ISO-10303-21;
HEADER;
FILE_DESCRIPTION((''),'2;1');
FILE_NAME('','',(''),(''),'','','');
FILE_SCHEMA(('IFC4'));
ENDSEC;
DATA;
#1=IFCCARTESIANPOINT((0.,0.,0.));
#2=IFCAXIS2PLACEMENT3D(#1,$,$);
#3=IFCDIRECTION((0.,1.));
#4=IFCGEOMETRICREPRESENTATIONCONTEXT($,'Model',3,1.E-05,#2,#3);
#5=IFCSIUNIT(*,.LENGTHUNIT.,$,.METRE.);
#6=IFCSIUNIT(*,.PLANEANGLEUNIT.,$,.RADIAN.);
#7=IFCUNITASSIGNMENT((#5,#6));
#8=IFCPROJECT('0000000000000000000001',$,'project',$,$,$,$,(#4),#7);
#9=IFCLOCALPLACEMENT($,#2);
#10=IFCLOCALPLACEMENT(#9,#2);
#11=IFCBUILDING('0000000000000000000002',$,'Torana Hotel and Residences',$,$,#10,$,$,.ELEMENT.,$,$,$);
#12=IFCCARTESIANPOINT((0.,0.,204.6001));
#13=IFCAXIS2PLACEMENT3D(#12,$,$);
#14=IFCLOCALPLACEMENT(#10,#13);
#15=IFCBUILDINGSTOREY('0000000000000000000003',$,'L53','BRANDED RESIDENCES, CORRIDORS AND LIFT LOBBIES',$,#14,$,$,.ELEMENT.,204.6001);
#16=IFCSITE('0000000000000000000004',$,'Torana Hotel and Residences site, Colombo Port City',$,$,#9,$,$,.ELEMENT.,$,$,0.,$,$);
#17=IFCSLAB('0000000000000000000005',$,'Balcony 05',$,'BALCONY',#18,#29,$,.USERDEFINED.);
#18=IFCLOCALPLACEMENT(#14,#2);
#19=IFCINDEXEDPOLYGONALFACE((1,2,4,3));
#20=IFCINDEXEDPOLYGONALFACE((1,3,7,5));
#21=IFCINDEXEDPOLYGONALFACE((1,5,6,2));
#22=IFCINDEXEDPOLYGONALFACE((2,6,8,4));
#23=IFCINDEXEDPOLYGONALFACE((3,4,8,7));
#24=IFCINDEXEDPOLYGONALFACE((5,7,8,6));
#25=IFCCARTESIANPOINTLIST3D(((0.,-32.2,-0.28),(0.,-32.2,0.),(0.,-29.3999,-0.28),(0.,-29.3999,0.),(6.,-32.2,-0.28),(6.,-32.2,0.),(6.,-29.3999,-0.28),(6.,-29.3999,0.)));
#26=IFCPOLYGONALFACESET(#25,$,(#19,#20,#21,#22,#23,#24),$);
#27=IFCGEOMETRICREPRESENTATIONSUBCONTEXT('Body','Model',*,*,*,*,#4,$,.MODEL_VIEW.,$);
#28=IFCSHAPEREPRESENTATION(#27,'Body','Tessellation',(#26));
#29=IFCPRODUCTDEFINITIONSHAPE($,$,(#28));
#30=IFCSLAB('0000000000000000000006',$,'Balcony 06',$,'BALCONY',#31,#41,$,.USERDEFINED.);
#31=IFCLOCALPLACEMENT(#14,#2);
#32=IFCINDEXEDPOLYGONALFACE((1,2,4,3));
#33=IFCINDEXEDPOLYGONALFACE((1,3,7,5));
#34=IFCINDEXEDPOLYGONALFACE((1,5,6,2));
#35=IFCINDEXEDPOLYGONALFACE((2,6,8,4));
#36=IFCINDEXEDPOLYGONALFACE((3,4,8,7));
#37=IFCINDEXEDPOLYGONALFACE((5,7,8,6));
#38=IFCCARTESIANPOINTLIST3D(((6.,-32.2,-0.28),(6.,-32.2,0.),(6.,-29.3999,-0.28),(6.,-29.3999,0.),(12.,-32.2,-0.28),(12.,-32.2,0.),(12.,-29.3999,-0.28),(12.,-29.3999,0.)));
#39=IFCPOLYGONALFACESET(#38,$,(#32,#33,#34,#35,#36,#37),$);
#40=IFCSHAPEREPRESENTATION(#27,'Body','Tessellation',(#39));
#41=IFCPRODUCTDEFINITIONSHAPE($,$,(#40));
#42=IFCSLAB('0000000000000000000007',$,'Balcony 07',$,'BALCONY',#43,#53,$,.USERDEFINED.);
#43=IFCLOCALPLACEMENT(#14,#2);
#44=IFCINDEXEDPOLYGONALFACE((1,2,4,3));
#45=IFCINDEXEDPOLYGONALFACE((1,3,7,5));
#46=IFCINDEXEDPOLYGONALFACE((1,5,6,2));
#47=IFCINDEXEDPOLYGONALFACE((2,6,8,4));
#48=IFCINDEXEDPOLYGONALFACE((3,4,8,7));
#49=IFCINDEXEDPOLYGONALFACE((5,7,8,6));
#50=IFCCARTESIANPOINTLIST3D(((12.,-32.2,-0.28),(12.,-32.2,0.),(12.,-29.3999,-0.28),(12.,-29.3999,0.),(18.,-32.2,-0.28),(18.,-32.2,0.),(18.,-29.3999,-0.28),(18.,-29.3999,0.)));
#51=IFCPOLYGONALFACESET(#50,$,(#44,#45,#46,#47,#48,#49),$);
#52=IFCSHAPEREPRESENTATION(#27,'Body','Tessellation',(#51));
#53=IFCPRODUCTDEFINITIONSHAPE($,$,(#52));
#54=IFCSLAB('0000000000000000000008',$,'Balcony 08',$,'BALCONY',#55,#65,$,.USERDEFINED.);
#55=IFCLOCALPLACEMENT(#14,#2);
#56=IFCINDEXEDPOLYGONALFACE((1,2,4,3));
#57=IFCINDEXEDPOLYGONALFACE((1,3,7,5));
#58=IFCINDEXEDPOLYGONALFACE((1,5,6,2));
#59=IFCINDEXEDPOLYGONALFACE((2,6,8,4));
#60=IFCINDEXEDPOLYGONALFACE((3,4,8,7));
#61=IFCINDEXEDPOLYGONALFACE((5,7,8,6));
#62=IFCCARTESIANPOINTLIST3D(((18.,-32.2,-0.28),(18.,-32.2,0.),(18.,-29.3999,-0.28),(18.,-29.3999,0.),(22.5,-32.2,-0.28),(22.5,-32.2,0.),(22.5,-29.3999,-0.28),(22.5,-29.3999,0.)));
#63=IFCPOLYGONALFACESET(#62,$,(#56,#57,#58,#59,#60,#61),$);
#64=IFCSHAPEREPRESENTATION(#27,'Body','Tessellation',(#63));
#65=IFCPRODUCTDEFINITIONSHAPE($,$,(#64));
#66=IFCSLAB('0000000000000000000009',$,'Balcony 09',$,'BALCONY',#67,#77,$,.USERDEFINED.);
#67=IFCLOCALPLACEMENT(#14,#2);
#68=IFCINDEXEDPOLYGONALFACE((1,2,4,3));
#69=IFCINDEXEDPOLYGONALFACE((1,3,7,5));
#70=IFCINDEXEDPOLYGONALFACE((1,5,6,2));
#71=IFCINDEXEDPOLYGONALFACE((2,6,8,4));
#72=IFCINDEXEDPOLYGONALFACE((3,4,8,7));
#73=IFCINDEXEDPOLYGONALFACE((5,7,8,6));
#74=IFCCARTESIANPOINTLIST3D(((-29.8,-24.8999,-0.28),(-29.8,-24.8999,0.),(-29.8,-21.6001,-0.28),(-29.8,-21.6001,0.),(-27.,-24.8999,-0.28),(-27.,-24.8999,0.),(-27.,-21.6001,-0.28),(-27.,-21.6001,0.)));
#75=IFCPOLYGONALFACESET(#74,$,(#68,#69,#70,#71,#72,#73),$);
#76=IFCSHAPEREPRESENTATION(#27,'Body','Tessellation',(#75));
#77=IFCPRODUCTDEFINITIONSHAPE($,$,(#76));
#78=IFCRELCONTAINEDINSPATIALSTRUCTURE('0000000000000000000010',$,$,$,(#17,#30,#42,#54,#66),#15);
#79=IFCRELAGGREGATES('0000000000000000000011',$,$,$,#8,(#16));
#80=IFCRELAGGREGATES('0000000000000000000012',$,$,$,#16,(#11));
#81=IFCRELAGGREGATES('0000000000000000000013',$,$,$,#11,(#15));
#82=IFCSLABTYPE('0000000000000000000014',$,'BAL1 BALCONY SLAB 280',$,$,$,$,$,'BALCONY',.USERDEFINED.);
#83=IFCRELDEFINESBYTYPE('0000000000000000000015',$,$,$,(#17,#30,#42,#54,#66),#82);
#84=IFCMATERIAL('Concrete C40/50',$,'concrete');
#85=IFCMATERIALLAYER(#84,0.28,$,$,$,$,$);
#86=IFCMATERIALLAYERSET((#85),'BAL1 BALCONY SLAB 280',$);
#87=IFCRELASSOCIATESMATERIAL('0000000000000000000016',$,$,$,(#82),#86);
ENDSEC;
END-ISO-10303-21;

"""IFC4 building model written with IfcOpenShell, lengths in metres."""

from ifc_helpers import new_model, si_unit, direction, frame, origin, place, context, subcontext, project, spatial, polyline, outline, extrude, material, layer, layer_set, type_object, element, save


model = new_model("IFC4")

# Units and contexts
model_context = context("Model", 3, precision=1e-05, world=origin(), true_north=direction((0.0, 1.0)))
body_context = subcontext(model_context, "Body", "Model", "MODEL_VIEW")
ifc_project = project(units=[si_unit("LENGTHUNIT", "METRE"), si_unit("PLANEANGLEUNIT", "RADIAN")], contexts=[model_context])

# Site, building, storey
site_placement = place(None, origin())
site = spatial("IfcSite", under=ifc_project, at=site_placement, Name="Torana Hotel and Residences site, Colombo Port City", CompositionType="ELEMENT", RefElevation=0.0)
building_placement = place(site_placement, origin())
building = spatial("IfcBuilding", under=site, at=building_placement, Name="Torana Hotel and Residences", CompositionType="ELEMENT")
storey_placement = place(building_placement, frame((0.0, 0.0, 204.6001)))
storey = spatial("IfcBuildingStorey", under=building, at=storey_placement, Name="L53", Description="BRANDED RESIDENCES, CORRIDORS AND LIFT LOBBIES", CompositionType="ELEMENT", Elevation=204.6001)

# Slabs
ifc_material_1 = material(Name="Concrete C40/50", Category="concrete")
ifc_layer_1 = layer(ifc_material_1, 0.28)
ifc_layer_set_1 = layer_set([ifc_layer_1], Name="BAL1 BALCONY SLAB 280")
slab_type = type_object("IfcSlabType", Name="BAL1 BALCONY SLAB 280", ElementType="BALCONY", PredefinedType="USERDEFINED", material=ifc_layer_set_1)
slab_1_placement = place(storey_placement, frame((0.0, 0.0, -0.28)))
element("IfcSlab", 1, at=slab_1_placement, inside=storey, type_object=slab_type, Name="Balcony 05", ObjectType="BALCONY", PredefinedType="USERDEFINED", context=body_context, shape_type="SweptSolid", body=[
    extrude(outline(polyline([(0.0, -32.2), (6.0, -32.2), (6.0, -29.3999), (0.0, -29.3999), (0.0, -32.2)])), origin(), (0.0, 0.0, 1.0), 0.28),
])
slab_2_placement = place(storey_placement, frame((0.0, 0.0, -0.28)))
element("IfcSlab", 2, at=slab_2_placement, inside=storey, type_object=slab_type, Name="Balcony 06", ObjectType="BALCONY", PredefinedType="USERDEFINED", context=body_context, shape_type="SweptSolid", body=[
    extrude(outline(polyline([(6.0, -32.2), (12.0, -32.2), (12.0, -29.3999), (6.0, -29.3999), (6.0, -32.2)])), origin(), (0.0, 0.0, 1.0), 0.28),
])
slab_3_placement = place(storey_placement, frame((0.0, 0.0, -0.28)))
element("IfcSlab", 3, at=slab_3_placement, inside=storey, type_object=slab_type, Name="Balcony 07", ObjectType="BALCONY", PredefinedType="USERDEFINED", context=body_context, shape_type="SweptSolid", body=[
    extrude(outline(polyline([(12.0, -32.2), (18.0, -32.2), (18.0, -29.3999), (12.0, -29.3999), (12.0, -32.2)])), origin(), (0.0, 0.0, 1.0), 0.28),
])
slab_4_placement = place(storey_placement, frame((0.0, 0.0, -0.28)))
element("IfcSlab", 4, at=slab_4_placement, inside=storey, type_object=slab_type, Name="Balcony 08", ObjectType="BALCONY", PredefinedType="USERDEFINED", context=body_context, shape_type="SweptSolid", body=[
    extrude(outline(polyline([(18.0, -32.2), (22.5, -32.2), (22.5, -29.3999), (18.0, -29.3999), (18.0, -32.2)])), origin(), (0.0, 0.0, 1.0), 0.28),
])
slab_5_placement = place(storey_placement, frame((0.0, 0.0, -0.28)))
element("IfcSlab", 5, at=slab_5_placement, inside=storey, type_object=slab_type, Name="Balcony 09", ObjectType="BALCONY", PredefinedType="USERDEFINED", context=body_context, shape_type="SweptSolid", body=[
    extrude(outline(polyline([(-29.8, -24.8999), (-27.0, -24.8999), (-27.0, -21.6001), (-29.8, -21.6001), (-29.8, -24.8999)])), origin(), (0.0, 0.0, 1.0), 0.28),
])

save(model, "model.ifc")
